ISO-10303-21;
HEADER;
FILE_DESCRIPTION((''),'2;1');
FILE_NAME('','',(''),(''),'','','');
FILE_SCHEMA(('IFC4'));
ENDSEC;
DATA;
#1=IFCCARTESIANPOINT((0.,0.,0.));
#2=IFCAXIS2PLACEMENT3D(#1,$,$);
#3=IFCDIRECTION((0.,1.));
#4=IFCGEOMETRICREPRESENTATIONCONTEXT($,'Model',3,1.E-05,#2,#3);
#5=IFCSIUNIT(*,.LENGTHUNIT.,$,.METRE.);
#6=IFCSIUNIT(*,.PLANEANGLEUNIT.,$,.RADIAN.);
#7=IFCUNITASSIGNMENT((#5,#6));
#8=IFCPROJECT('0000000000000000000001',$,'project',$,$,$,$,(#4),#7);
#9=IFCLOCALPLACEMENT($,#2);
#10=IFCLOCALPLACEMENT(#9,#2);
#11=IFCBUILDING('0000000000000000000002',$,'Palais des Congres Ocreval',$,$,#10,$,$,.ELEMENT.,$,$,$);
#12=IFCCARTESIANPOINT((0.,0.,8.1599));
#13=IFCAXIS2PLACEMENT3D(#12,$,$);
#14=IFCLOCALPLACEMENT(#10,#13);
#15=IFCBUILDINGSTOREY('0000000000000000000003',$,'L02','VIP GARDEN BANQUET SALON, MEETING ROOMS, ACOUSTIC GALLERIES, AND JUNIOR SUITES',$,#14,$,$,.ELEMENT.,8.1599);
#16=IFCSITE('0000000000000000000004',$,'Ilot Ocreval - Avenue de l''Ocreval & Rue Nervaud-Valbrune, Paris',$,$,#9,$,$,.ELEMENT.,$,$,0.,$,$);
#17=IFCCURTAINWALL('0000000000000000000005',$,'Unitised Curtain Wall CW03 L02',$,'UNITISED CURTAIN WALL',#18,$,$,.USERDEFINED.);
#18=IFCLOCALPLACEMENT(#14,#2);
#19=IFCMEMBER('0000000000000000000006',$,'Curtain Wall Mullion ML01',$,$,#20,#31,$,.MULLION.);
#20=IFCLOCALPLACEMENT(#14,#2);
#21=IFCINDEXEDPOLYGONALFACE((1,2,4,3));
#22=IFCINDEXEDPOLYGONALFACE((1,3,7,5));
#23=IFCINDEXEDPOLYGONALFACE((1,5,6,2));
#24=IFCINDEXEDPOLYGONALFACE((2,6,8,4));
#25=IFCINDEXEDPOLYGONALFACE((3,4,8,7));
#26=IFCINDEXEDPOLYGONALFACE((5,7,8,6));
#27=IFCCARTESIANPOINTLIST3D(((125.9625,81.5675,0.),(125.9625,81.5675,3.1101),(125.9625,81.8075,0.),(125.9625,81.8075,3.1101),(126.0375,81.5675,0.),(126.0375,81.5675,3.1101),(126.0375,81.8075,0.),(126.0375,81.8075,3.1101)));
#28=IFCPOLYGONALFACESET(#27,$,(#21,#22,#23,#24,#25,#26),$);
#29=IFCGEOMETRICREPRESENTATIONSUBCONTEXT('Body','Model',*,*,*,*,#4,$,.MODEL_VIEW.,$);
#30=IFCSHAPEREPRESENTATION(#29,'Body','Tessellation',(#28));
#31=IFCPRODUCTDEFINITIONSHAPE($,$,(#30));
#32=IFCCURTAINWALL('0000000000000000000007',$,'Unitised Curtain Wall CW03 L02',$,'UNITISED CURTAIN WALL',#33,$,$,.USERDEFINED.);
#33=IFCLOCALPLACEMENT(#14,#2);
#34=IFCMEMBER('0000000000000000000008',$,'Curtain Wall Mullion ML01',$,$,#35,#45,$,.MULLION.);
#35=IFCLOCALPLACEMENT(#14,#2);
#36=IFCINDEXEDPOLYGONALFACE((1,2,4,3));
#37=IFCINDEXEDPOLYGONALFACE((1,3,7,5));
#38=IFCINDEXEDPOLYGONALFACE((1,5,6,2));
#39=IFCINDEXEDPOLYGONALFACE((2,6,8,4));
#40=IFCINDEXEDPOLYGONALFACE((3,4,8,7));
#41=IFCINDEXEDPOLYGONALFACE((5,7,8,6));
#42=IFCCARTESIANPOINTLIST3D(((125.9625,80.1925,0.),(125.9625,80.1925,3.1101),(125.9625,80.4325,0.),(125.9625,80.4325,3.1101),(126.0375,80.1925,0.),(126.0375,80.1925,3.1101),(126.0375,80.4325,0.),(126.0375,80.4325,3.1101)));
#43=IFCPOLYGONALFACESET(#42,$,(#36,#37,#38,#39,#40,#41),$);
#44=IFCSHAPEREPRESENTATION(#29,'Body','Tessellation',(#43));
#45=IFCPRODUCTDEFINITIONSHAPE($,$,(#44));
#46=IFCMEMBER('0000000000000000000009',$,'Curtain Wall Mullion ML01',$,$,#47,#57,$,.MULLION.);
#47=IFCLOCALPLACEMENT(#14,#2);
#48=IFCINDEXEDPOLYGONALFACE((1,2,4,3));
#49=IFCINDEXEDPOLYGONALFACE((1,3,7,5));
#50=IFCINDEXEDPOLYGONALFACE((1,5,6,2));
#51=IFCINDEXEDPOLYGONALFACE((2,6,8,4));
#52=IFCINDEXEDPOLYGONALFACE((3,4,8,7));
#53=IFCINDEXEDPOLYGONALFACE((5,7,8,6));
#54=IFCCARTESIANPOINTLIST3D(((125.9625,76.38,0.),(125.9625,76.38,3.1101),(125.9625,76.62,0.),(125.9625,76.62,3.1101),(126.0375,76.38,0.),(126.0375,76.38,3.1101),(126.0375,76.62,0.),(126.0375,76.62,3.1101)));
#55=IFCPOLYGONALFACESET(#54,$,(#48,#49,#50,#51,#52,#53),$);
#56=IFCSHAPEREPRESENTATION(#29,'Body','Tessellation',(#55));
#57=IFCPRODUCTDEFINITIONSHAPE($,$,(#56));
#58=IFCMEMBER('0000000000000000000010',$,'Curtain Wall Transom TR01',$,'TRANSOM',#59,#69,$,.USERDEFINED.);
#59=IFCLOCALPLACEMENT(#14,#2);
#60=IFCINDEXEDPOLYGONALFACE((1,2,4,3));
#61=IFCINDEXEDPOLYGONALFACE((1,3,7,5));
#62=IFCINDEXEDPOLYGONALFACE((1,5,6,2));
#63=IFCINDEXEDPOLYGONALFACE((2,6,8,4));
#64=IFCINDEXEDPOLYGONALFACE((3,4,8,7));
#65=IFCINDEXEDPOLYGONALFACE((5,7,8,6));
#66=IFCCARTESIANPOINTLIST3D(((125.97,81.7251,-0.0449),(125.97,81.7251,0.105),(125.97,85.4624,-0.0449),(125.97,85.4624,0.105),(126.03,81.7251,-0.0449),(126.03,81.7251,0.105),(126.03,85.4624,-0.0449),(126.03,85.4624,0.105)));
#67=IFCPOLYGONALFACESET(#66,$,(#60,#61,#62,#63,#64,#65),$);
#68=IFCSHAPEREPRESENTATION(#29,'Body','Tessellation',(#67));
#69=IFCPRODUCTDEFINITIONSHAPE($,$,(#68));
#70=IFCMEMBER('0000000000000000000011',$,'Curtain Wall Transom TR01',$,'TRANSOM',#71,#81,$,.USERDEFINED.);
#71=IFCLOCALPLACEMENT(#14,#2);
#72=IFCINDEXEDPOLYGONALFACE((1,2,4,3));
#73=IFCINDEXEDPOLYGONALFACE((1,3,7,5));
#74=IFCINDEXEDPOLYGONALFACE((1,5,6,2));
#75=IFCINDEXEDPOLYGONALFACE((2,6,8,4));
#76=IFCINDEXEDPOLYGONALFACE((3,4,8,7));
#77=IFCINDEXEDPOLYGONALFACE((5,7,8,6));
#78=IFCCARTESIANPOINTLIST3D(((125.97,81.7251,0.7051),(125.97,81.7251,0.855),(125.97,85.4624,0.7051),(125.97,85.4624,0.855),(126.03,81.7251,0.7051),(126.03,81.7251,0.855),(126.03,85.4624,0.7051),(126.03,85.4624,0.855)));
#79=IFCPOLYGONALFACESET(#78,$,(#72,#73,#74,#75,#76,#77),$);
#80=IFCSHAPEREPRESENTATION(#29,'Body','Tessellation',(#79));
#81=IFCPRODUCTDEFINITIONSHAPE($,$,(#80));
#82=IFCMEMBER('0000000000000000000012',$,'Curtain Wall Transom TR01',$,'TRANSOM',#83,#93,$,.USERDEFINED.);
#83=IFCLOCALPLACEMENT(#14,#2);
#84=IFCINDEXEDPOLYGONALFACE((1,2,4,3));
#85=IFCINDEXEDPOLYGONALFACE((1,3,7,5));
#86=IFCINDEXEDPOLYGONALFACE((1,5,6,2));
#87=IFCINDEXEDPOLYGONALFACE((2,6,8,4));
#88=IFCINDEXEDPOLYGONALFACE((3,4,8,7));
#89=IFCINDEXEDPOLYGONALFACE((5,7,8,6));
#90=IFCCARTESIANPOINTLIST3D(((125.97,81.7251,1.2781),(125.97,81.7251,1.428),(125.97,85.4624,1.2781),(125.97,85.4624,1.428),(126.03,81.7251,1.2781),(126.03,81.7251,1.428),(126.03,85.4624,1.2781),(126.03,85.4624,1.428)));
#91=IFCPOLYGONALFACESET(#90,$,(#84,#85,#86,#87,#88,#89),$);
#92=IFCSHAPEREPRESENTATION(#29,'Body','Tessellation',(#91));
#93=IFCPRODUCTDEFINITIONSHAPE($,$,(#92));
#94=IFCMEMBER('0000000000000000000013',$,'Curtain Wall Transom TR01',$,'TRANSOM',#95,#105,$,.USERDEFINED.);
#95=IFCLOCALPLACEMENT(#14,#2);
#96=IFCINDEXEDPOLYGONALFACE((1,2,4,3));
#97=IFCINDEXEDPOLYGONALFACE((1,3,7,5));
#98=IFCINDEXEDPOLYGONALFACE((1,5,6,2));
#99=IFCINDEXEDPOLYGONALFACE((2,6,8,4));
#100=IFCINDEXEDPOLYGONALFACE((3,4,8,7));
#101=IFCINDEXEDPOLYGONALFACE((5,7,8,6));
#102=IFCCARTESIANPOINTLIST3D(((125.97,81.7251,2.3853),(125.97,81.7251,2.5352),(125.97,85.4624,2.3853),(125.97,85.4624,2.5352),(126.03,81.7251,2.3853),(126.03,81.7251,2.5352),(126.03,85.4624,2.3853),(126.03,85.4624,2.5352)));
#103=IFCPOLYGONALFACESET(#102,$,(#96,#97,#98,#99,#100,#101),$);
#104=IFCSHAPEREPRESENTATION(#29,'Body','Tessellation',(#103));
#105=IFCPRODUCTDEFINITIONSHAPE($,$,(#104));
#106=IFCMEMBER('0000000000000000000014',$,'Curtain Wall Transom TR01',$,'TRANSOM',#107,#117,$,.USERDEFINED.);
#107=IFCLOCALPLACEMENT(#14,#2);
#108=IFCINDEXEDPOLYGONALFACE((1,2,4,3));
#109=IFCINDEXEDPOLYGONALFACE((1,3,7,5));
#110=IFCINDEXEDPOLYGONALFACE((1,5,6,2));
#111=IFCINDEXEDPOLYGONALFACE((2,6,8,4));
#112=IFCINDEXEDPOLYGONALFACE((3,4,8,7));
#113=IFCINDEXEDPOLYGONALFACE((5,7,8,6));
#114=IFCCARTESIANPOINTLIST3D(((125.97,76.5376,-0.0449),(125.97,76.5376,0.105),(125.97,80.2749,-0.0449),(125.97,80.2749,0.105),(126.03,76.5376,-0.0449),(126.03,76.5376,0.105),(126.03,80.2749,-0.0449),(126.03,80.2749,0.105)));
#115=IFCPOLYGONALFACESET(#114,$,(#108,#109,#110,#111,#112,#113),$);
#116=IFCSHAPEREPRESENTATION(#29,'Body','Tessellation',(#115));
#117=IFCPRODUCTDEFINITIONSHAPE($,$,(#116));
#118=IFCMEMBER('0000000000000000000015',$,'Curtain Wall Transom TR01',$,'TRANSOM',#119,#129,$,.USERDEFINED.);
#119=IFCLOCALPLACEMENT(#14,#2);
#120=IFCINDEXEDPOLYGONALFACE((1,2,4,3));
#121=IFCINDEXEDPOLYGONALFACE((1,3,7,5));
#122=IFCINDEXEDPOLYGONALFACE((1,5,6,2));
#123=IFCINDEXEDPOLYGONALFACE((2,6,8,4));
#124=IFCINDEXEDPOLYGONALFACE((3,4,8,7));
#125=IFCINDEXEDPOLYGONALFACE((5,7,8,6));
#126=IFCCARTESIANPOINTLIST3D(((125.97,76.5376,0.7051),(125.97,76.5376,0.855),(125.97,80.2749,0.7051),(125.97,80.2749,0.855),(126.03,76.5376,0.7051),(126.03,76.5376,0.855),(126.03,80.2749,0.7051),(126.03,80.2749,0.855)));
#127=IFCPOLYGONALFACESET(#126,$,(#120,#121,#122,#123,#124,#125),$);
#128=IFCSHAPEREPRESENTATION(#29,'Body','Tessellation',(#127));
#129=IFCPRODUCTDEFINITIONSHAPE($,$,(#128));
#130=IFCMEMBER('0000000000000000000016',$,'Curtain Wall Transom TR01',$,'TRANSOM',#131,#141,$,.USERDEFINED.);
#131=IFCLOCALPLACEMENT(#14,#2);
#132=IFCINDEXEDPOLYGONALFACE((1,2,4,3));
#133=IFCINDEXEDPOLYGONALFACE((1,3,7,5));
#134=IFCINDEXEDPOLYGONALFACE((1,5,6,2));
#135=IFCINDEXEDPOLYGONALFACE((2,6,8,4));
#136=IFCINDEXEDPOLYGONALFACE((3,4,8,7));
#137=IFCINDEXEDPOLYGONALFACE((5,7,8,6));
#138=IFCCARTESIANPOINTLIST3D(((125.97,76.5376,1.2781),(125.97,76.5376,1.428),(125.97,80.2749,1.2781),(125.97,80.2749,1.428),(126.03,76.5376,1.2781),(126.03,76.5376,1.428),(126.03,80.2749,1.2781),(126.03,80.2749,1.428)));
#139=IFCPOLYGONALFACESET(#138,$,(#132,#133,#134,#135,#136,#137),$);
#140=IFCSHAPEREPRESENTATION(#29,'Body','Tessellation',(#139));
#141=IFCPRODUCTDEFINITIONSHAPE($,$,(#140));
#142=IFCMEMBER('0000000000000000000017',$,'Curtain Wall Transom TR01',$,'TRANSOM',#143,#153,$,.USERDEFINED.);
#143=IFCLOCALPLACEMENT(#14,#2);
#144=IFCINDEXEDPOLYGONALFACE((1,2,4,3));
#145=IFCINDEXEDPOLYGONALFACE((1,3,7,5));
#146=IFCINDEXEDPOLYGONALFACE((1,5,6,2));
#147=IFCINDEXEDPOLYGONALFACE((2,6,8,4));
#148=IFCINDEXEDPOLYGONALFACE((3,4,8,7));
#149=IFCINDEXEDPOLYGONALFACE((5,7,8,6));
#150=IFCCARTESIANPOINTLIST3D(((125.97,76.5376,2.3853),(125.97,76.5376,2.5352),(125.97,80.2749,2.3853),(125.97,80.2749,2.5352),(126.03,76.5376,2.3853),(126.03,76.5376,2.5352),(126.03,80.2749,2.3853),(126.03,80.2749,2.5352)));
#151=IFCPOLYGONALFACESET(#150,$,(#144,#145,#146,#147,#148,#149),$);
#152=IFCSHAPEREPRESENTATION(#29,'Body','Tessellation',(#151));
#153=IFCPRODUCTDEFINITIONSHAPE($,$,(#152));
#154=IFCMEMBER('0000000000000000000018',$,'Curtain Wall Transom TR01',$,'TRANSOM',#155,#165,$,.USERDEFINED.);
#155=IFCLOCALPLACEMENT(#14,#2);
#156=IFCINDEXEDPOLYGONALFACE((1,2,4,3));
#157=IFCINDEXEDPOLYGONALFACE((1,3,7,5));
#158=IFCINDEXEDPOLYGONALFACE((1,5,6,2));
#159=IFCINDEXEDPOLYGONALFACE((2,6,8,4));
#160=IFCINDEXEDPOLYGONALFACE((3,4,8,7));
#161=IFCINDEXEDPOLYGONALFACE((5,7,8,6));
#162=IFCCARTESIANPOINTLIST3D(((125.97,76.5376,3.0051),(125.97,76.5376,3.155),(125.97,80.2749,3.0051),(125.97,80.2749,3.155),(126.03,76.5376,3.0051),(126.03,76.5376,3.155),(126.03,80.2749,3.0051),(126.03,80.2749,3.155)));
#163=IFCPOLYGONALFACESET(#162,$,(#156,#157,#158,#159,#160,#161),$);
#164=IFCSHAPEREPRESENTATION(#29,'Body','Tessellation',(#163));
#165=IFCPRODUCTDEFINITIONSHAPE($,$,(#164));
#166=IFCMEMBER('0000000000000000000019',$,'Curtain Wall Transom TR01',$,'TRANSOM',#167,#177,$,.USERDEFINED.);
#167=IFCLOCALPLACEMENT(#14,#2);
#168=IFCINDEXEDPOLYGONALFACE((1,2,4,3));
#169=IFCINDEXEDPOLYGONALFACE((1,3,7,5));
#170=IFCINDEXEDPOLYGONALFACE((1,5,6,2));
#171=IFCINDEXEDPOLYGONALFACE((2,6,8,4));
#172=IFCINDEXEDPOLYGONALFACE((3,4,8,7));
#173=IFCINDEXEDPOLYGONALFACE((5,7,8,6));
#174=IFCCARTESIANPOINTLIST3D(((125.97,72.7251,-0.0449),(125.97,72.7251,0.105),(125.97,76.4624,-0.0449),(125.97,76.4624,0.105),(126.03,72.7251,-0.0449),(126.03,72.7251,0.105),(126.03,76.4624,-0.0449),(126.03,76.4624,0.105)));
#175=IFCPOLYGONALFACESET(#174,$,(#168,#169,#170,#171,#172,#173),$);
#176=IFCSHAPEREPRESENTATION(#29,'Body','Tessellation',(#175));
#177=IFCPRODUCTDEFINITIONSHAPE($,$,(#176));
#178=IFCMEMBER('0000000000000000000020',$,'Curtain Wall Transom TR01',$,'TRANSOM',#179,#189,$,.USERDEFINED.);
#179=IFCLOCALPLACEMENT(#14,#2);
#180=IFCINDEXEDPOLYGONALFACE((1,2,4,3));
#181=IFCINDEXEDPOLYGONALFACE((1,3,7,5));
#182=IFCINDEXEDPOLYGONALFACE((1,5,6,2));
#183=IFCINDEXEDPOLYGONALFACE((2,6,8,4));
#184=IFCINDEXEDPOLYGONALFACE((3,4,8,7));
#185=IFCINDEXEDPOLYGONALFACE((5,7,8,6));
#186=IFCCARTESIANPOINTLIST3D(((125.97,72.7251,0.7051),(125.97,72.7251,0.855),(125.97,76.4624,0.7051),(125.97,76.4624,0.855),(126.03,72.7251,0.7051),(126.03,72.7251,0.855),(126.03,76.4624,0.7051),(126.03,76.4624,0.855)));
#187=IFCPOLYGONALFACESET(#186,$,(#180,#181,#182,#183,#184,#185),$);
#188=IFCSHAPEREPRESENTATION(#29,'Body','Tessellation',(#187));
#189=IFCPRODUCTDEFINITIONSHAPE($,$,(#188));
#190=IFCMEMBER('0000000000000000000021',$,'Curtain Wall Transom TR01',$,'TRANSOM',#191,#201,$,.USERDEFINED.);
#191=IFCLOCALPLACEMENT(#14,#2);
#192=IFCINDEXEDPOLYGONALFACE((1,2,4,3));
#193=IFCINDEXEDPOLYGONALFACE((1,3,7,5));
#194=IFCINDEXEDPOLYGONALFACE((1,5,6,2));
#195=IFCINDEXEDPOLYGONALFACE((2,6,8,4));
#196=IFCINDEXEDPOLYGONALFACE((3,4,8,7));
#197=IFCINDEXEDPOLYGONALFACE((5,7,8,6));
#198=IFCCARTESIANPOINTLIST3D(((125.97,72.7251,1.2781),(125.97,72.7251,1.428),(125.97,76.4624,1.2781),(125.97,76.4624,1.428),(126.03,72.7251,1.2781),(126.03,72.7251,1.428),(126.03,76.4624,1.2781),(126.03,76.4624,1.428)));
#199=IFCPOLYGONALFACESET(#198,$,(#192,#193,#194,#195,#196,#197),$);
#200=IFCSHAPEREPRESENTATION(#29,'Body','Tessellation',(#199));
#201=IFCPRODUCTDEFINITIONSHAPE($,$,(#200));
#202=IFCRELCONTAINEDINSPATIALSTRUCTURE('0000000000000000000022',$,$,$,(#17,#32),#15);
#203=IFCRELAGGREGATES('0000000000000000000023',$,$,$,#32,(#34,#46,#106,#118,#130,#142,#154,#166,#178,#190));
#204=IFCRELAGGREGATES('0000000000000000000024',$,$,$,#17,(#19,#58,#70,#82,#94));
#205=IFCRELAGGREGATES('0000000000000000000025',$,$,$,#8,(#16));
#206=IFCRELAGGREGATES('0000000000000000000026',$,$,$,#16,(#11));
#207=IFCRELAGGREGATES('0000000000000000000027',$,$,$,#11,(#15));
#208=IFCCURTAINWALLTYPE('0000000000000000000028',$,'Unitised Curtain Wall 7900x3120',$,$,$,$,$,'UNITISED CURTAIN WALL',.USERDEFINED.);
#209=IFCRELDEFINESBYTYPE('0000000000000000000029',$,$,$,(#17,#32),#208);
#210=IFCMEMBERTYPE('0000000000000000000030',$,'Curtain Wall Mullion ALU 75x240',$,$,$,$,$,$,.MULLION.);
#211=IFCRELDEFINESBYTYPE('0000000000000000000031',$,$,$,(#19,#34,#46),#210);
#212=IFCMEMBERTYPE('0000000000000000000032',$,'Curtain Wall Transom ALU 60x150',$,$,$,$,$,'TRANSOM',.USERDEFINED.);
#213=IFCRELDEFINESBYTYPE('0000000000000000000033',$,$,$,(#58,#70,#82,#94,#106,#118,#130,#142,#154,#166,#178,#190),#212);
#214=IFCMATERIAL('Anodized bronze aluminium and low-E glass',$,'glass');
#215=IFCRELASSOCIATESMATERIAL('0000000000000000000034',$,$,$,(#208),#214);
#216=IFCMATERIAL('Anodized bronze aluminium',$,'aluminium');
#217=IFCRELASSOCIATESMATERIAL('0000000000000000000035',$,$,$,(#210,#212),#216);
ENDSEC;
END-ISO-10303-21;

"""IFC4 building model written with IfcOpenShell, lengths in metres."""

from ifc_helpers import new_model, si_unit, direction, frame, origin, origin_2d, place, context, subcontext, project, spatial, rectangle, extrude, material, material_profile, profile_set, type_object, element, aggregate, save


model = new_model("IFC4")

# Units and contexts
model_context = context("Model", 3, precision=1e-05, world=origin(), true_north=direction((0.0, 1.0)))
body_context = subcontext(model_context, "Body", "Model", "MODEL_VIEW")
ifc_project = project(units=[si_unit("LENGTHUNIT", "METRE"), si_unit("PLANEANGLEUNIT", "RADIAN")], contexts=[model_context])

# Site, building, storey
site_placement = place(None, origin())
site = spatial("IfcSite", under=ifc_project, at=site_placement, Name="Ilot Ocreval - Avenue de l'Ocreval & Rue Nervaud-Valbrune, Paris", CompositionType="ELEMENT", RefElevation=0.0)
building_placement = place(site_placement, origin())
building = spatial("IfcBuilding", under=site, at=building_placement, Name="Palais des Congres Ocreval", CompositionType="ELEMENT")
storey_placement = place(building_placement, frame((0.0, 0.0, 8.1599)))
storey = spatial("IfcBuildingStorey", under=building, at=storey_placement, Name="L02", Description="VIP GARDEN BANQUET SALON, MEETING ROOMS, ACOUSTIC GALLERIES, AND JUNIOR SUITES", CompositionType="ELEMENT", Elevation=8.1599)

# Curtain wall, member
ifc_material_1 = material(Name="Anodized bronze aluminium and low-E glass", Category="glass")
curtain_wall_type = type_object("IfcCurtainWallType", Name="Unitised Curtain Wall 7900x3120", ElementType="UNITISED CURTAIN WALL", PredefinedType="USERDEFINED", material=ifc_material_1)
curtain_wall_1_placement = place(storey_placement, origin())
curtain_wall_1 = element("IfcCurtainWall", 1, at=curtain_wall_1_placement, inside=storey, type_object=curtain_wall_type, Name="Unitised Curtain Wall CW03 L02", ObjectType="UNITISED CURTAIN WALL", PredefinedType="USERDEFINED")
ifc_material_2 = material(Name="Anodized bronze aluminium", Category="aluminium")
ifc_material_profile_1 = material_profile(ifc_material_2, rectangle(XDim=0.075, YDim=0.24, at=origin_2d()), Name="ALU 75x240")
ifc_profile_set_1 = profile_set([ifc_material_profile_1], Name="Anodized bronze aluminium")
member_type_1 = type_object("IfcMemberType", Name="Curtain Wall Mullion ALU 75x240", PredefinedType="MULLION", material=ifc_profile_set_1)
member_1_placement = place(storey_placement, frame((126.0, 81.6875, 0.0), z_axis=(0.0, 0.0, 1.0), x_axis=(1.0, 0.0, 0.0)))
member_1 = element("IfcMember", 2, at=member_1_placement, type_object=member_type_1, Name="Curtain Wall Mullion ML01", PredefinedType="MULLION", context=body_context, shape_type="SweptSolid", body=[
    extrude(rectangle(XDim=0.075, YDim=0.24, at=origin_2d()), origin(), (0.0, 0.0, 1.0), 3.1101),
])

# Curtain wall, members
curtain_wall_2_placement = place(storey_placement, origin())
curtain_wall_2 = element("IfcCurtainWall", 3, at=curtain_wall_2_placement, inside=storey, type_object=curtain_wall_type, Name="Unitised Curtain Wall CW03 L02", ObjectType="UNITISED CURTAIN WALL", PredefinedType="USERDEFINED")
member_2_placement = place(storey_placement, frame((126.0, 80.3125, 0.0), z_axis=(0.0, 0.0, 1.0), x_axis=(1.0, 0.0, 0.0)))
member_2 = element("IfcMember", 4, at=member_2_placement, type_object=member_type_1, Name="Curtain Wall Mullion ML01", PredefinedType="MULLION", context=body_context, shape_type="SweptSolid", body=[
    extrude(rectangle(XDim=0.075, YDim=0.24, at=origin_2d()), origin(), (0.0, 0.0, 1.0), 3.1101),
])
member_3_placement = place(storey_placement, frame((126.0, 76.5, 0.0), z_axis=(0.0, 0.0, 1.0), x_axis=(1.0, 0.0, 0.0)))
member_3 = element("IfcMember", 5, at=member_3_placement, type_object=member_type_1, Name="Curtain Wall Mullion ML01", PredefinedType="MULLION", context=body_context, shape_type="SweptSolid", body=[
    extrude(rectangle(XDim=0.075, YDim=0.24, at=origin_2d()), origin(), (0.0, 0.0, 1.0), 3.1101),
])

# Members
ifc_material_profile_2 = material_profile(ifc_material_2, rectangle(XDim=0.0601, YDim=0.1499, at=origin_2d()), Name="ALU 60x150")
ifc_profile_set_2 = profile_set([ifc_material_profile_2], Name="Anodized bronze aluminium")
member_type_2 = type_object("IfcMemberType", Name="Curtain Wall Transom ALU 60x150", ElementType="TRANSOM", PredefinedType="USERDEFINED", material=ifc_profile_set_2)
member_4_placement = place(storey_placement, frame((126.0, 85.4624, 0.03), z_axis=(0.0, -1.0, 0.0), x_axis=(1.0, 0.0, 0.0)))
member_4 = element("IfcMember", 6, at=member_4_placement, type_object=member_type_2, Name="Curtain Wall Transom TR01", ObjectType="TRANSOM", PredefinedType="USERDEFINED", context=body_context, shape_type="SweptSolid", body=[
    extrude(rectangle(XDim=0.0601, YDim=0.1499, at=origin_2d()), origin(), (0.0, 0.0, 1.0), 3.7373),
])
member_5_placement = place(storey_placement, frame((126.0, 85.4624, 0.78), z_axis=(0.0, -1.0, 0.0), x_axis=(1.0, 0.0, 0.0)))
member_5 = element("IfcMember", 7, at=member_5_placement, type_object=member_type_2, Name="Curtain Wall Transom TR01", ObjectType="TRANSOM", PredefinedType="USERDEFINED", context=body_context, shape_type="SweptSolid", body=[
    extrude(rectangle(XDim=0.0601, YDim=0.1499, at=origin_2d()), origin(), (0.0, 0.0, 1.0), 3.7373),
])
member_6_placement = place(storey_placement, frame((126.0, 85.4624, 1.353), z_axis=(0.0, -1.0, 0.0), x_axis=(1.0, 0.0, 0.0)))
member_6 = element("IfcMember", 8, at=member_6_placement, type_object=member_type_2, Name="Curtain Wall Transom TR01", ObjectType="TRANSOM", PredefinedType="USERDEFINED", context=body_context, shape_type="SweptSolid", body=[
    extrude(rectangle(XDim=0.0601, YDim=0.1499, at=origin_2d()), origin(), (0.0, 0.0, 1.0), 3.7373),
])
member_7_placement = place(storey_placement, frame((126.0, 85.4624, 2.4602), z_axis=(0.0, -1.0, 0.0), x_axis=(1.0, 0.0, 0.0)))
member_7 = element("IfcMember", 9, at=member_7_placement, type_object=member_type_2, Name="Curtain Wall Transom TR01", ObjectType="TRANSOM", PredefinedType="USERDEFINED", context=body_context, shape_type="SweptSolid", body=[
    extrude(rectangle(XDim=0.0601, YDim=0.1499, at=origin_2d()), origin(), (0.0, 0.0, 1.0), 3.7373),
])
member_8_placement = place(storey_placement, frame((126.0, 80.2749, 0.03), z_axis=(0.0, -1.0, 0.0), x_axis=(1.0, 0.0, 0.0)))
member_8 = element("IfcMember", 10, at=member_8_placement, type_object=member_type_2, Name="Curtain Wall Transom TR01", ObjectType="TRANSOM", PredefinedType="USERDEFINED", context=body_context, shape_type="SweptSolid", body=[
    extrude(rectangle(XDim=0.0601, YDim=0.1499, at=origin_2d()), origin(), (0.0, 0.0, 1.0), 3.7373),
])
member_9_placement = place(storey_placement, frame((126.0, 80.2749, 0.78), z_axis=(0.0, -1.0, 0.0), x_axis=(1.0, 0.0, 0.0)))
member_9 = element("IfcMember", 11, at=member_9_placement, type_object=member_type_2, Name="Curtain Wall Transom TR01", ObjectType="TRANSOM", PredefinedType="USERDEFINED", context=body_context, shape_type="SweptSolid", body=[
    extrude(rectangle(XDim=0.0601, YDim=0.1499, at=origin_2d()), origin(), (0.0, 0.0, 1.0), 3.7373),
])
member_10_placement = place(storey_placement, frame((126.0, 80.2749, 1.353), z_axis=(0.0, -1.0, 0.0), x_axis=(1.0, 0.0, 0.0)))
member_10 = element("IfcMember", 12, at=member_10_placement, type_object=member_type_2, Name="Curtain Wall Transom TR01", ObjectType="TRANSOM", PredefinedType="USERDEFINED", context=body_context, shape_type="SweptSolid", body=[
    extrude(rectangle(XDim=0.0601, YDim=0.1499, at=origin_2d()), origin(), (0.0, 0.0, 1.0), 3.7373),
])
member_11_placement = place(storey_placement, frame((126.0, 80.2749, 2.4602), z_axis=(0.0, -1.0, 0.0), x_axis=(1.0, 0.0, 0.0)))
member_11 = element("IfcMember", 13, at=member_11_placement, type_object=member_type_2, Name="Curtain Wall Transom TR01", ObjectType="TRANSOM", PredefinedType="USERDEFINED", context=body_context, shape_type="SweptSolid", body=[
    extrude(rectangle(XDim=0.0601, YDim=0.1499, at=origin_2d()), origin(), (0.0, 0.0, 1.0), 3.7373),
])
member_12_placement = place(storey_placement, frame((126.0, 80.2749, 3.0801), z_axis=(0.0, -1.0, 0.0), x_axis=(1.0, 0.0, 0.0)))
member_12 = element("IfcMember", 14, at=member_12_placement, type_object=member_type_2, Name="Curtain Wall Transom TR01", ObjectType="TRANSOM", PredefinedType="USERDEFINED", context=body_context, shape_type="SweptSolid", body=[
    extrude(rectangle(XDim=0.0601, YDim=0.1499, at=origin_2d()), origin(), (0.0, 0.0, 1.0), 3.7373),
])
member_13_placement = place(storey_placement, frame((126.0, 76.4624, 0.03), z_axis=(0.0, -1.0, 0.0), x_axis=(1.0, 0.0, 0.0)))
member_13 = element("IfcMember", 15, at=member_13_placement, type_object=member_type_2, Name="Curtain Wall Transom TR01", ObjectType="TRANSOM", PredefinedType="USERDEFINED", context=body_context, shape_type="SweptSolid", body=[
    extrude(rectangle(XDim=0.0601, YDim=0.1499, at=origin_2d()), origin(), (0.0, 0.0, 1.0), 3.7373),
])
member_14_placement = place(storey_placement, frame((126.0, 76.4624, 0.78), z_axis=(0.0, -1.0, 0.0), x_axis=(1.0, 0.0, 0.0)))
member_14 = element("IfcMember", 16, at=member_14_placement, type_object=member_type_2, Name="Curtain Wall Transom TR01", ObjectType="TRANSOM", PredefinedType="USERDEFINED", context=body_context, shape_type="SweptSolid", body=[
    extrude(rectangle(XDim=0.0601, YDim=0.1499, at=origin_2d()), origin(), (0.0, 0.0, 1.0), 3.7373),
])
member_15_placement = place(storey_placement, frame((126.0, 76.4624, 1.353), z_axis=(0.0, -1.0, 0.0), x_axis=(1.0, 0.0, 0.0)))
member_15 = element("IfcMember", 17, at=member_15_placement, type_object=member_type_2, Name="Curtain Wall Transom TR01", ObjectType="TRANSOM", PredefinedType="USERDEFINED", context=body_context, shape_type="SweptSolid", body=[
    extrude(rectangle(XDim=0.0601, YDim=0.1499, at=origin_2d()), origin(), (0.0, 0.0, 1.0), 3.7373),
])

aggregate(curtain_wall_2, [member_2, member_3, member_8, member_9, member_10, member_11, member_12, member_13, member_14, member_15])
aggregate(curtain_wall_1, [member_1, member_4, member_5, member_6, member_7])

save(model, "model.ifc")
